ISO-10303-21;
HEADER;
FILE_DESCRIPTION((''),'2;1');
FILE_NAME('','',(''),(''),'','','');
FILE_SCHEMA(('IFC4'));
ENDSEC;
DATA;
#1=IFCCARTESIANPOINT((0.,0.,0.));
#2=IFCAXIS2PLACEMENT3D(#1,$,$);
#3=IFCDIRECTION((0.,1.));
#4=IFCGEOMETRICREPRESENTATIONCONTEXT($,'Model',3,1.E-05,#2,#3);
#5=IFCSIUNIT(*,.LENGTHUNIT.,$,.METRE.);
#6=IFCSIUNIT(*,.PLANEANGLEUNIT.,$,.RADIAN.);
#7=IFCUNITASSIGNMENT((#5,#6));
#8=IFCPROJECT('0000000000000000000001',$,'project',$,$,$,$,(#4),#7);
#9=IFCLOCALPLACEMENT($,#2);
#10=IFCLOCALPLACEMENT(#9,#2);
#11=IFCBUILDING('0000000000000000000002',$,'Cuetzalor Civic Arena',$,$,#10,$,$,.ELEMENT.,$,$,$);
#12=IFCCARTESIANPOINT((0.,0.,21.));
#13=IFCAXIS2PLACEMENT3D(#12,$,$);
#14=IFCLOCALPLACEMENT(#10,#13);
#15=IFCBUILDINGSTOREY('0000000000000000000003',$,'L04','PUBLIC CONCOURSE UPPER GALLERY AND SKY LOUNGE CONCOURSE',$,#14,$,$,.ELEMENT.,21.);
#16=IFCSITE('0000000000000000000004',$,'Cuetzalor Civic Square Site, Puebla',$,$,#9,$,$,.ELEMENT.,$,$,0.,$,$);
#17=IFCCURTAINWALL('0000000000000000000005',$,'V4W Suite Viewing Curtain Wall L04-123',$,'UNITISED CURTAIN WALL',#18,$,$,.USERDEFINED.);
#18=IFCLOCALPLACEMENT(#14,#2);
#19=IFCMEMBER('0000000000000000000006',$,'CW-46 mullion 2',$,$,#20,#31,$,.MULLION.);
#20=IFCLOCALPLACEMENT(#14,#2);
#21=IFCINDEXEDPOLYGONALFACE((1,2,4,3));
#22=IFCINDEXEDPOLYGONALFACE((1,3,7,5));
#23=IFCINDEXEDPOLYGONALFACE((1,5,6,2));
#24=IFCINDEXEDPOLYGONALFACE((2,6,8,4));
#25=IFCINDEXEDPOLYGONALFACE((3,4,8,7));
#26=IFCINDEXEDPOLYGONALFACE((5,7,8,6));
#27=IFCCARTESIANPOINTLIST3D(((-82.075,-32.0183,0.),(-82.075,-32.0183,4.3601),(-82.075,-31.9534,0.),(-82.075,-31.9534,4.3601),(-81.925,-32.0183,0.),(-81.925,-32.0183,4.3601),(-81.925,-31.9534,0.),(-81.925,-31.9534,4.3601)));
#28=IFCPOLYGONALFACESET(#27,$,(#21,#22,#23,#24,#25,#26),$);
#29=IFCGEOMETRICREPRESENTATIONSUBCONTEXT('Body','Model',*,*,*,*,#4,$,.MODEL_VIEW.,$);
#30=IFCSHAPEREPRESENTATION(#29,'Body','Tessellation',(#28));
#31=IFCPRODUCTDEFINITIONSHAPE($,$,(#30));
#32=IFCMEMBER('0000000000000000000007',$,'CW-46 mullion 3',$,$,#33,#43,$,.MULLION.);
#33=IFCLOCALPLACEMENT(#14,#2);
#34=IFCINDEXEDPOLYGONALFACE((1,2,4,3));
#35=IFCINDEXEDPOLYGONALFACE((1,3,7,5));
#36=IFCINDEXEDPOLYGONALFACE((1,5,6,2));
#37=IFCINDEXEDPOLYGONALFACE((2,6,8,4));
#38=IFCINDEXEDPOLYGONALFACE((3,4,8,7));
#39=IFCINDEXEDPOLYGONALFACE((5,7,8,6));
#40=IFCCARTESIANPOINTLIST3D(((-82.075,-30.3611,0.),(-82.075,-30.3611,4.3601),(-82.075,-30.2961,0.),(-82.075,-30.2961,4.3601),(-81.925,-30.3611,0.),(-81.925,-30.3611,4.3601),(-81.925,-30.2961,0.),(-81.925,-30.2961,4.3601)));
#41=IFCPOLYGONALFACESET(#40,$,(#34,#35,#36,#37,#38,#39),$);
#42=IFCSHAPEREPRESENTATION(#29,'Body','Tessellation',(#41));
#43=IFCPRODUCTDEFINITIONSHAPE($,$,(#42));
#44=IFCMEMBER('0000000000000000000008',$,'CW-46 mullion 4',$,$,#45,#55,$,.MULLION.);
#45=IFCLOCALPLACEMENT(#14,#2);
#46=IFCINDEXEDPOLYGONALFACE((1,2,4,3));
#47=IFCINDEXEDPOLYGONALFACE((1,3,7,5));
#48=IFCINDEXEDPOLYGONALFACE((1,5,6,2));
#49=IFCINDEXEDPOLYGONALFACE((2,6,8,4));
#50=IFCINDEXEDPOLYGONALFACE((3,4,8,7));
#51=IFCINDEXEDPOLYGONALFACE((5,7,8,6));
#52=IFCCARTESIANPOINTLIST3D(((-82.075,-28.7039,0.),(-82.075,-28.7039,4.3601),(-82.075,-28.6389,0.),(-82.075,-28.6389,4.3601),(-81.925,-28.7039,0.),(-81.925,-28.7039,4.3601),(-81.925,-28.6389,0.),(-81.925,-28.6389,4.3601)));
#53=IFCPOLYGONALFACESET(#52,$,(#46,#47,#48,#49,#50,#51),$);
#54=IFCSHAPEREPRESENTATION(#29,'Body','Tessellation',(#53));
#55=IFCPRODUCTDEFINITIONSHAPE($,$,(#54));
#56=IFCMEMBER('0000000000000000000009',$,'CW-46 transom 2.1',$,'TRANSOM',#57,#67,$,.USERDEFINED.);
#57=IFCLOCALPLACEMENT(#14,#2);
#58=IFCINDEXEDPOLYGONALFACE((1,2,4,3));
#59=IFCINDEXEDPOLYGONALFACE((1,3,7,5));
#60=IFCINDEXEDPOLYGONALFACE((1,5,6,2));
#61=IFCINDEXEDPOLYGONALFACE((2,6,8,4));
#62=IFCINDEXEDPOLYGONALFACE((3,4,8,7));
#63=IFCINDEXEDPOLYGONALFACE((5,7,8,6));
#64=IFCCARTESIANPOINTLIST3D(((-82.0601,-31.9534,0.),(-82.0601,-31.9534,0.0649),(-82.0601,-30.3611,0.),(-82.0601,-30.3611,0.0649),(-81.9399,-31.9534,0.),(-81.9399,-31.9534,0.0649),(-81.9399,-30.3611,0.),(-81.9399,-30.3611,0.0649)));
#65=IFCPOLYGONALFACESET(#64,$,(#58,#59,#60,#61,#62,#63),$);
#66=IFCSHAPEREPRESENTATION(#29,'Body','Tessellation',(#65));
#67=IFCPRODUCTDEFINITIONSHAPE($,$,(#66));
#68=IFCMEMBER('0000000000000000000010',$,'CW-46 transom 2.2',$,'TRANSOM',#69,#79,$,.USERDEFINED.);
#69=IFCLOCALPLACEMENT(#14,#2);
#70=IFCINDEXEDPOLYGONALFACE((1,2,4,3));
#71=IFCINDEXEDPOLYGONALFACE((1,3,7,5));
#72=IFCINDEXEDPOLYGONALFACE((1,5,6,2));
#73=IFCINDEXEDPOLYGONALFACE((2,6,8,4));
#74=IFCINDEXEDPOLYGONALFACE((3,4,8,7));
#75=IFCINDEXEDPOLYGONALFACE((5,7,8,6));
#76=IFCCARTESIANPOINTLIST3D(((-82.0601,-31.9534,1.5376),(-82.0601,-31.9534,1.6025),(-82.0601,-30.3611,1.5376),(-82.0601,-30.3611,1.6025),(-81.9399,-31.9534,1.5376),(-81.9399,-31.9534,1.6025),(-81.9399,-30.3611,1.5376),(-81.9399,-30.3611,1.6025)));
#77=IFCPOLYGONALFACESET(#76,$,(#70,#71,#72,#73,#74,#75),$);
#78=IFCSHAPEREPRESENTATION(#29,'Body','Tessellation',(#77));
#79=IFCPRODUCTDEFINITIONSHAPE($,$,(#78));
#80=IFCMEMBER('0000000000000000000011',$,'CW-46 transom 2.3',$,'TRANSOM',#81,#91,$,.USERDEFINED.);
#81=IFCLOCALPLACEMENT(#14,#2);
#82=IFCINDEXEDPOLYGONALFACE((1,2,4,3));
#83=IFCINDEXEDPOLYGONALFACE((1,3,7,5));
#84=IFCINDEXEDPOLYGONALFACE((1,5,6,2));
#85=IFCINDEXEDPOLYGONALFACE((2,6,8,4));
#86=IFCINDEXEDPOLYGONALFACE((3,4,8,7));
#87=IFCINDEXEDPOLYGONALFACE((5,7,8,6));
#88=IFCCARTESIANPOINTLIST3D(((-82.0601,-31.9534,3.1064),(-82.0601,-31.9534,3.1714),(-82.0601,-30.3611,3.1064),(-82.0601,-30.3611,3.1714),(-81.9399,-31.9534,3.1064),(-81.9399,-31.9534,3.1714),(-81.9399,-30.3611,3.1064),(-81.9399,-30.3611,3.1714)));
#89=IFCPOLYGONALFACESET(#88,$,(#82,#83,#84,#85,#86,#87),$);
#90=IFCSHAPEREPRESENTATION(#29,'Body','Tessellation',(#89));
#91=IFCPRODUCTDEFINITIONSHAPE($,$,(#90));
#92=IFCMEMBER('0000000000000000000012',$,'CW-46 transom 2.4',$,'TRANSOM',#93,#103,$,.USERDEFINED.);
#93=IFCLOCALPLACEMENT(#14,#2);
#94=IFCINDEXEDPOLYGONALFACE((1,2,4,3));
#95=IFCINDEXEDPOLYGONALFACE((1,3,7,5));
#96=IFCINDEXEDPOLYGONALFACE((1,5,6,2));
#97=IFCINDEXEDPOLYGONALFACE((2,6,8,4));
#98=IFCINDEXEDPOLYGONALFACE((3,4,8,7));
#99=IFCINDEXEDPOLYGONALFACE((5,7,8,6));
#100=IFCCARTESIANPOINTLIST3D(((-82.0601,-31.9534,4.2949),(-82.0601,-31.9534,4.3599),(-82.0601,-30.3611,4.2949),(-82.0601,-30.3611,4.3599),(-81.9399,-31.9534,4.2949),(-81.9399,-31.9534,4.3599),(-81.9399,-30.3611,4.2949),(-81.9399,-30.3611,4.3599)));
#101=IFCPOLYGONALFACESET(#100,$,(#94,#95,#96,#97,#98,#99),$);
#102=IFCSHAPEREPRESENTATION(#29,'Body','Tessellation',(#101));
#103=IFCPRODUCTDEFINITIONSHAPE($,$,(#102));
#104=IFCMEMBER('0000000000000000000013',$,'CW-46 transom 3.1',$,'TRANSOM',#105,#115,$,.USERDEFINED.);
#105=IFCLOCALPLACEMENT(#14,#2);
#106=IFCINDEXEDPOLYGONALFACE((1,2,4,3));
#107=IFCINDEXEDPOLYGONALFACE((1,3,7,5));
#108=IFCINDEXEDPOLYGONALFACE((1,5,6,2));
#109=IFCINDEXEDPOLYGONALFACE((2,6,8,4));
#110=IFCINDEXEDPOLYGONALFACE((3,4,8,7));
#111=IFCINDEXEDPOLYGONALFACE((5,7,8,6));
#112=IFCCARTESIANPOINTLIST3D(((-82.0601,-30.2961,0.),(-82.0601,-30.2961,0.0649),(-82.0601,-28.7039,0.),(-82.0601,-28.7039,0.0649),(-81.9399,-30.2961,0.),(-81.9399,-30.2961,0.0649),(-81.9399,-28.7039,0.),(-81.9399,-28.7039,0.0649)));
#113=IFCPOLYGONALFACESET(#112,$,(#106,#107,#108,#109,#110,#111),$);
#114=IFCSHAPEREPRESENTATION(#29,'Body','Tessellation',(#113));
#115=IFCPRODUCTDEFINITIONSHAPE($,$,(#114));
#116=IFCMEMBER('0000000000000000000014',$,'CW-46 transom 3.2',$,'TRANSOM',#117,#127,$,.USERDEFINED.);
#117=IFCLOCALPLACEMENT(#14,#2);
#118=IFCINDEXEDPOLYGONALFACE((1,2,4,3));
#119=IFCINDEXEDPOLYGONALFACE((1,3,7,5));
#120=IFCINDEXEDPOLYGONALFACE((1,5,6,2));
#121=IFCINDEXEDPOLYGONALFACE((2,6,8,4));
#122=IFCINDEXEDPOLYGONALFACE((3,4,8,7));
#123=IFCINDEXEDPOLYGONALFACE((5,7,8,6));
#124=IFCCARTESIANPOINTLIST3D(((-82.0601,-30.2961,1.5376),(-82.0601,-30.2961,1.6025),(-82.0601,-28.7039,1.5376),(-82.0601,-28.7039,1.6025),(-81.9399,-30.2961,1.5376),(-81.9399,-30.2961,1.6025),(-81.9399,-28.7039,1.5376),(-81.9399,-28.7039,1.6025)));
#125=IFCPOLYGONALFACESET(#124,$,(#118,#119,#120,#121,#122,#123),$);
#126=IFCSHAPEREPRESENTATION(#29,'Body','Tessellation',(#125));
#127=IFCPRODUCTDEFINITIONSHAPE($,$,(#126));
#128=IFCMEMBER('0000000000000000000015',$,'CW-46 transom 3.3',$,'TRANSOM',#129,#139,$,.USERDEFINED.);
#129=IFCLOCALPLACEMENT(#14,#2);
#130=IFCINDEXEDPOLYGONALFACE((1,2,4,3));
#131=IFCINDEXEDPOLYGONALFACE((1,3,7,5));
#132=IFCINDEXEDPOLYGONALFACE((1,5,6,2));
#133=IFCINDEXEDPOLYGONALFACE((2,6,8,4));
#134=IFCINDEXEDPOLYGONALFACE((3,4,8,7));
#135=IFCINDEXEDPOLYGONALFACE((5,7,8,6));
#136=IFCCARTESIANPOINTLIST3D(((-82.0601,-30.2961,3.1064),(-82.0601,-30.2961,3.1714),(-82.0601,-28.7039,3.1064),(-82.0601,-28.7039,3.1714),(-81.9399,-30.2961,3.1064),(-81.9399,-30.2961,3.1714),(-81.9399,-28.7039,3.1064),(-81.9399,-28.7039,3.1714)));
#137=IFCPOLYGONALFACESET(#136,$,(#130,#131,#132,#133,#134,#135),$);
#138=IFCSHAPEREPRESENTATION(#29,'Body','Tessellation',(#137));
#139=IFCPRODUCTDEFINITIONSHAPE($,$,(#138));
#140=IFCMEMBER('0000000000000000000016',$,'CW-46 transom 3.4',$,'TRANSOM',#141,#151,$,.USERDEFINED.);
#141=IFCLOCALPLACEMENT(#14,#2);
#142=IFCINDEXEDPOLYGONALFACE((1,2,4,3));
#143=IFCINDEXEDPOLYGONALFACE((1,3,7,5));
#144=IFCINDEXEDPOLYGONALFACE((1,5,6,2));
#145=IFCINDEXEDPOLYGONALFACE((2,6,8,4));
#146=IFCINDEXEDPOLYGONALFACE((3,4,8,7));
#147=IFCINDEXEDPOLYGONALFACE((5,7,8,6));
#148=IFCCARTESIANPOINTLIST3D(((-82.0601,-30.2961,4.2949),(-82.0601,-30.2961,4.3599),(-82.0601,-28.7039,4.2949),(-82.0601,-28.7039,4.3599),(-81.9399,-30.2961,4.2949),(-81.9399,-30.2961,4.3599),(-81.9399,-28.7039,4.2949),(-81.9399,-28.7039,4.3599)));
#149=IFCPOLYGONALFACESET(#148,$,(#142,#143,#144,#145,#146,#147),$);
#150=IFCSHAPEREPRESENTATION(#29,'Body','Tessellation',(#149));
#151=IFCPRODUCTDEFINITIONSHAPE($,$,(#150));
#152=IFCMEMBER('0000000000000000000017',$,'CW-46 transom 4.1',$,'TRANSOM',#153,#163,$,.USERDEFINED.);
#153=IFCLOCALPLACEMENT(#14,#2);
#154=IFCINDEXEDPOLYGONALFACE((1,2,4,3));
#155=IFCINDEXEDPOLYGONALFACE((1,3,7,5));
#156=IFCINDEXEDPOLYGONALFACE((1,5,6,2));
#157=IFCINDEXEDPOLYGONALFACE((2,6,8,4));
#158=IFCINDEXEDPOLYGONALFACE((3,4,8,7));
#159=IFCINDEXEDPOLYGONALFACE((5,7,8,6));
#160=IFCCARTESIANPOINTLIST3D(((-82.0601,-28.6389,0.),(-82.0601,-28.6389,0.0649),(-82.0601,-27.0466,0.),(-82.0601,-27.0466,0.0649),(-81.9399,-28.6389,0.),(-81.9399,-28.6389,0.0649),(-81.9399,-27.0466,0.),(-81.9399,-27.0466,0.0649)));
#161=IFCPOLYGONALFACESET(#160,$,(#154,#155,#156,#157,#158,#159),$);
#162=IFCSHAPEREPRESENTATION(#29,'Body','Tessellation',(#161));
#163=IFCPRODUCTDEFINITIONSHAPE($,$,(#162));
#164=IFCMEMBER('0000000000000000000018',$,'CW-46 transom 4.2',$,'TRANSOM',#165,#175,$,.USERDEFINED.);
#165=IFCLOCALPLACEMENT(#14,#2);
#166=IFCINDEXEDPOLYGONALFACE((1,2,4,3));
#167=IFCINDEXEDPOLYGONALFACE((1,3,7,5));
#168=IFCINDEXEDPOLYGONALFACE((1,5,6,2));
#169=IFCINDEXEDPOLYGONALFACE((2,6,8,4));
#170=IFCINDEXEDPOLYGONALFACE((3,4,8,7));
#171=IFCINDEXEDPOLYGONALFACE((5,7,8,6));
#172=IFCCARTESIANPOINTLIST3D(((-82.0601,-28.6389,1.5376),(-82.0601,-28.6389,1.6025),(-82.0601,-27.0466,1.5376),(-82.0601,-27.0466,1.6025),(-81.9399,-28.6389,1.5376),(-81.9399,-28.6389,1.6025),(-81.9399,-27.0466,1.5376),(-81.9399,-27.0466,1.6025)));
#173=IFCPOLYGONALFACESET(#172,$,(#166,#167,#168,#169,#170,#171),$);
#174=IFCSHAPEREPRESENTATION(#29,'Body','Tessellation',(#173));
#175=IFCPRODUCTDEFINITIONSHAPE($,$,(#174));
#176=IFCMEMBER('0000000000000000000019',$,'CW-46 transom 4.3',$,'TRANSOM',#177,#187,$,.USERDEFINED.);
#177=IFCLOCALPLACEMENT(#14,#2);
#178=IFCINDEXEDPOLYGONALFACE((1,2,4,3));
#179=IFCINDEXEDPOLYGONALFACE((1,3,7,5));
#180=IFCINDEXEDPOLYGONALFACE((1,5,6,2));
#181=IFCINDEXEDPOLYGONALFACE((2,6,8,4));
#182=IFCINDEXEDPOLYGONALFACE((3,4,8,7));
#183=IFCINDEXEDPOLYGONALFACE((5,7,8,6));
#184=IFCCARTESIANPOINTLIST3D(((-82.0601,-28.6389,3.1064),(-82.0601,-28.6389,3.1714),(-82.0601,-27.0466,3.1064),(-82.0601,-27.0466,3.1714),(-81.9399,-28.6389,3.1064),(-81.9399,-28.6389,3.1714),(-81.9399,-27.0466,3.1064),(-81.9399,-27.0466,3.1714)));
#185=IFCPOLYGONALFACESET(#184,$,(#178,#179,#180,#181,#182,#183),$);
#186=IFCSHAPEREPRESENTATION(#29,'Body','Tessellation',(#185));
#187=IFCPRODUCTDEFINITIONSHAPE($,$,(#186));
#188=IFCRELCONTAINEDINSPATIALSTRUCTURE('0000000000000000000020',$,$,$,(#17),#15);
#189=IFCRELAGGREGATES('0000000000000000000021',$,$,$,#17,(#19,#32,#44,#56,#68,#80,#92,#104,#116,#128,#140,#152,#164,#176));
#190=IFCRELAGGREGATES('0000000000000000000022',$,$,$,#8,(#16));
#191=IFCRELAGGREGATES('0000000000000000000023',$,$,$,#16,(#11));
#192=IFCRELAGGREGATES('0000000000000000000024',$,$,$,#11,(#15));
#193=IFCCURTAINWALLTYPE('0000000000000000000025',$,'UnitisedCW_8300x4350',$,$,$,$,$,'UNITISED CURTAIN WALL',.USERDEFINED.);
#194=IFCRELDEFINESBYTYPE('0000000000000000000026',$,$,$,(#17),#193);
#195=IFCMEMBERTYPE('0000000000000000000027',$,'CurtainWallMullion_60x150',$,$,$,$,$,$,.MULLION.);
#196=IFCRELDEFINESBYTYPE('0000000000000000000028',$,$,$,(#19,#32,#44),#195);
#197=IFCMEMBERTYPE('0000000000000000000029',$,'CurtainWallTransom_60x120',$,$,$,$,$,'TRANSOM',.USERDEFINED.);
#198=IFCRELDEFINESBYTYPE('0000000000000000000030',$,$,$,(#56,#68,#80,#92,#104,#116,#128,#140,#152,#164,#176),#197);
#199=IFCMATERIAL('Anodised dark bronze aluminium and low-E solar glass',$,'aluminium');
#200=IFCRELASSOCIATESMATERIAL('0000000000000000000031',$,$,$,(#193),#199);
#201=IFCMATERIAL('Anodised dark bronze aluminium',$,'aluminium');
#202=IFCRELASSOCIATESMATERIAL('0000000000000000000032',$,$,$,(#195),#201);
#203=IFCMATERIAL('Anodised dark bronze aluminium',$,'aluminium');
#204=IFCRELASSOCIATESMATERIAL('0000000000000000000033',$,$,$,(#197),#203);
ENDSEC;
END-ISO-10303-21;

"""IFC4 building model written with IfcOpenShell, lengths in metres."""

from ifc_helpers import new_model, si_unit, direction, frame, origin, origin_2d, place, context, subcontext, project, spatial, rectangle, extrude, material, material_profile, profile_set, type_object, element, aggregate, save


model = new_model("IFC4")

# Units and contexts
model_context = context("Model", 3, precision=1e-05, world=origin(), true_north=direction((0.0, 1.0)))
body_context = subcontext(model_context, "Body", "Model", "MODEL_VIEW")
ifc_project = project(units=[si_unit("LENGTHUNIT", "METRE"), si_unit("PLANEANGLEUNIT", "RADIAN")], contexts=[model_context])

# Site, building, storey
site_placement = place(None, origin())
site = spatial("IfcSite", under=ifc_project, at=site_placement, Name="Cuetzalor Civic Square Site, Puebla", CompositionType="ELEMENT", RefElevation=0.0)
building_placement = place(site_placement, origin())
building = spatial("IfcBuilding", under=site, at=building_placement, Name="Cuetzalor Civic Arena", CompositionType="ELEMENT")
storey_placement = place(building_placement, frame((0.0, 0.0, 21.0)))
storey = spatial("IfcBuildingStorey", under=building, at=storey_placement, Name="L04", Description="PUBLIC CONCOURSE UPPER GALLERY AND SKY LOUNGE CONCOURSE", CompositionType="ELEMENT", Elevation=21.0)

# Curtain wall, members
ifc_material_1 = material(Name="Anodised dark bronze aluminium and low-E solar glass", Category="aluminium")
curtain_wall_type = type_object("IfcCurtainWallType", Name="UnitisedCW_8300x4350", ElementType="UNITISED CURTAIN WALL", PredefinedType="USERDEFINED", material=ifc_material_1)
curtain_wall_placement = place(storey_placement, origin())
curtain_wall = element("IfcCurtainWall", 1, at=curtain_wall_placement, inside=storey, type_object=curtain_wall_type, Name="V4W Suite Viewing Curtain Wall L04-123", ObjectType="UNITISED CURTAIN WALL", PredefinedType="USERDEFINED")
ifc_material_2 = material(Name="Anodised dark bronze aluminium", Category="aluminium")
ifc_material_profile_1 = material_profile(ifc_material_2, rectangle(XDim=0.0649, YDim=0.1499, at=origin_2d()), Name="ALU MULLION 65x150")
ifc_profile_set_1 = profile_set([ifc_material_profile_1], Name="Anodised dark bronze aluminium")
member_type_1 = type_object("IfcMemberType", Name="CurtainWallMullion_60x150", PredefinedType="MULLION", material=ifc_profile_set_1)
member_1_placement = place(storey_placement, frame((-82.0, -31.9858, 0.0), z_axis=(0.0, 0.0, 1.0), x_axis=(0.0, 1.0, 0.0)))
member_1 = element("IfcMember", 2, at=member_1_placement, type_object=member_type_1, Name="CW-46 mullion 2", PredefinedType="MULLION", context=body_context, shape_type="SweptSolid", body=[
    extrude(rectangle(XDim=0.0649, YDim=0.1499, at=origin_2d()), origin(), (0.0, 0.0, 1.0), 4.3601),
])
member_2_placement = place(storey_placement, frame((-82.0, -30.3286, 0.0), z_axis=(0.0, 0.0, 1.0), x_axis=(0.0, 1.0, 0.0)))
member_2 = element("IfcMember", 3, at=member_2_placement, type_object=member_type_1, Name="CW-46 mullion 3", PredefinedType="MULLION", context=body_context, shape_type="SweptSolid", body=[
    extrude(rectangle(XDim=0.0649, YDim=0.1499, at=origin_2d()), origin(), (0.0, 0.0, 1.0), 4.3601),
])
member_3_placement = place(storey_placement, frame((-82.0, -28.6714, 0.0), z_axis=(0.0, 0.0, 1.0), x_axis=(0.0, 1.0, 0.0)))
member_3 = element("IfcMember", 4, at=member_3_placement, type_object=member_type_1, Name="CW-46 mullion 4", PredefinedType="MULLION", context=body_context, shape_type="SweptSolid", body=[
    extrude(rectangle(XDim=0.0649, YDim=0.1499, at=origin_2d()), origin(), (0.0, 0.0, 1.0), 4.3601),
])
ifc_material_3 = material(Name="Anodised dark bronze aluminium", Category="aluminium")
ifc_material_profile_2 = material_profile(ifc_material_3, rectangle(XDim=0.1201, YDim=0.0649, at=origin_2d()), Name="ALU TRANSOM 65x120")
ifc_profile_set_2 = profile_set([ifc_material_profile_2], Name="Anodised dark bronze aluminium")
member_type_2 = type_object("IfcMemberType", Name="CurtainWallTransom_60x120", ElementType="TRANSOM", PredefinedType="USERDEFINED", material=ifc_profile_set_2)
member_4_placement = place(storey_placement, frame((-82.0, -31.9534, 0.0325), z_axis=(0.0, 1.0, 0.0), x_axis=(-1.0, 0.0, 0.0)))
member_4 = element("IfcMember", 5, at=member_4_placement, type_object=member_type_2, Name="CW-46 transom 2.1", ObjectType="TRANSOM", PredefinedType="USERDEFINED", context=body_context, shape_type="SweptSolid", body=[
    extrude(rectangle(XDim=0.1201, YDim=0.0649, at=origin_2d()), origin(), (0.0, 0.0, 1.0), 1.5923),
])
member_5_placement = place(storey_placement, frame((-82.0, -31.9534, 1.5701), z_axis=(0.0, 1.0, 0.0), x_axis=(-1.0, 0.0, 0.0)))
member_5 = element("IfcMember", 6, at=member_5_placement, type_object=member_type_2, Name="CW-46 transom 2.2", ObjectType="TRANSOM", PredefinedType="USERDEFINED", context=body_context, shape_type="SweptSolid", body=[
    extrude(rectangle(XDim=0.1201, YDim=0.0649, at=origin_2d()), origin(), (0.0, 0.0, 1.0), 1.5923),
])
member_6_placement = place(storey_placement, frame((-82.0, -31.9534, 3.1389), z_axis=(0.0, 1.0, 0.0), x_axis=(-1.0, 0.0, 0.0)))
member_6 = element("IfcMember", 7, at=member_6_placement, type_object=member_type_2, Name="CW-46 transom 2.3", ObjectType="TRANSOM", PredefinedType="USERDEFINED", context=body_context, shape_type="SweptSolid", body=[
    extrude(rectangle(XDim=0.1201, YDim=0.0649, at=origin_2d()), origin(), (0.0, 0.0, 1.0), 1.5923),
])
member_7_placement = place(storey_placement, frame((-82.0, -31.9534, 4.3274), z_axis=(0.0, 1.0, 0.0), x_axis=(-1.0, 0.0, 0.0)))
member_7 = element("IfcMember", 8, at=member_7_placement, type_object=member_type_2, Name="CW-46 transom 2.4", ObjectType="TRANSOM", PredefinedType="USERDEFINED", context=body_context, shape_type="SweptSolid", body=[
    extrude(rectangle(XDim=0.1201, YDim=0.0649, at=origin_2d()), origin(), (0.0, 0.0, 1.0), 1.5923),
])
member_8_placement = place(storey_placement, frame((-82.0, -30.2961, 0.0325), z_axis=(0.0, 1.0, 0.0), x_axis=(-1.0, 0.0, 0.0)))
member_8 = element("IfcMember", 9, at=member_8_placement, type_object=member_type_2, Name="CW-46 transom 3.1", ObjectType="TRANSOM", PredefinedType="USERDEFINED", context=body_context, shape_type="SweptSolid", body=[
    extrude(rectangle(XDim=0.1201, YDim=0.0649, at=origin_2d()), origin(), (0.0, 0.0, 1.0), 1.5923),
])
member_9_placement = place(storey_placement, frame((-82.0, -30.2961, 1.5701), z_axis=(0.0, 1.0, 0.0), x_axis=(-1.0, 0.0, 0.0)))
member_9 = element("IfcMember", 10, at=member_9_placement, type_object=member_type_2, Name="CW-46 transom 3.2", ObjectType="TRANSOM", PredefinedType="USERDEFINED", context=body_context, shape_type="SweptSolid", body=[
    extrude(rectangle(XDim=0.1201, YDim=0.0649, at=origin_2d()), origin(), (0.0, 0.0, 1.0), 1.5923),
])
member_10_placement = place(storey_placement, frame((-82.0, -30.2961, 3.1389), z_axis=(0.0, 1.0, 0.0), x_axis=(-1.0, 0.0, 0.0)))
member_10 = element("IfcMember", 11, at=member_10_placement, type_object=member_type_2, Name="CW-46 transom 3.3", ObjectType="TRANSOM", PredefinedType="USERDEFINED", context=body_context, shape_type="SweptSolid", body=[
    extrude(rectangle(XDim=0.1201, YDim=0.0649, at=origin_2d()), origin(), (0.0, 0.0, 1.0), 1.5923),
])
member_11_placement = place(storey_placement, frame((-82.0, -30.2961, 4.3274), z_axis=(0.0, 1.0, 0.0), x_axis=(-1.0, 0.0, 0.0)))
member_11 = element("IfcMember", 12, at=member_11_placement, type_object=member_type_2, Name="CW-46 transom 3.4", ObjectType="TRANSOM", PredefinedType="USERDEFINED", context=body_context, shape_type="SweptSolid", body=[
    extrude(rectangle(XDim=0.1201, YDim=0.0649, at=origin_2d()), origin(), (0.0, 0.0, 1.0), 1.5923),
])
member_12_placement = place(storey_placement, frame((-82.0, -28.6389, 0.0325), z_axis=(0.0, 1.0, 0.0), x_axis=(-1.0, 0.0, 0.0)))
member_12 = element("IfcMember", 13, at=member_12_placement, type_object=member_type_2, Name="CW-46 transom 4.1", ObjectType="TRANSOM", PredefinedType="USERDEFINED", context=body_context, shape_type="SweptSolid", body=[
    extrude(rectangle(XDim=0.1201, YDim=0.0649, at=origin_2d()), origin(), (0.0, 0.0, 1.0), 1.5923),
])
member_13_placement = place(storey_placement, frame((-82.0, -28.6389, 1.5701), z_axis=(0.0, 1.0, 0.0), x_axis=(-1.0, 0.0, 0.0)))
member_13 = element("IfcMember", 14, at=member_13_placement, type_object=member_type_2, Name="CW-46 transom 4.2", ObjectType="TRANSOM", PredefinedType="USERDEFINED", context=body_context, shape_type="SweptSolid", body=[
    extrude(rectangle(XDim=0.1201, YDim=0.0649, at=origin_2d()), origin(), (0.0, 0.0, 1.0), 1.5923),
])
member_14_placement = place(storey_placement, frame((-82.0, -28.6389, 3.1389), z_axis=(0.0, 1.0, 0.0), x_axis=(-1.0, 0.0, 0.0)))
member_14 = element("IfcMember", 15, at=member_14_placement, type_object=member_type_2, Name="CW-46 transom 4.3", ObjectType="TRANSOM", PredefinedType="USERDEFINED", context=body_context, shape_type="SweptSolid", body=[
    extrude(rectangle(XDim=0.1201, YDim=0.0649, at=origin_2d()), origin(), (0.0, 0.0, 1.0), 1.5923),
])

aggregate(curtain_wall, [member_1, member_2, member_3, member_4, member_5, member_6, member_7, member_8, member_9, member_10, member_11, member_12, member_13, member_14])

save(model, "model.ifc")
